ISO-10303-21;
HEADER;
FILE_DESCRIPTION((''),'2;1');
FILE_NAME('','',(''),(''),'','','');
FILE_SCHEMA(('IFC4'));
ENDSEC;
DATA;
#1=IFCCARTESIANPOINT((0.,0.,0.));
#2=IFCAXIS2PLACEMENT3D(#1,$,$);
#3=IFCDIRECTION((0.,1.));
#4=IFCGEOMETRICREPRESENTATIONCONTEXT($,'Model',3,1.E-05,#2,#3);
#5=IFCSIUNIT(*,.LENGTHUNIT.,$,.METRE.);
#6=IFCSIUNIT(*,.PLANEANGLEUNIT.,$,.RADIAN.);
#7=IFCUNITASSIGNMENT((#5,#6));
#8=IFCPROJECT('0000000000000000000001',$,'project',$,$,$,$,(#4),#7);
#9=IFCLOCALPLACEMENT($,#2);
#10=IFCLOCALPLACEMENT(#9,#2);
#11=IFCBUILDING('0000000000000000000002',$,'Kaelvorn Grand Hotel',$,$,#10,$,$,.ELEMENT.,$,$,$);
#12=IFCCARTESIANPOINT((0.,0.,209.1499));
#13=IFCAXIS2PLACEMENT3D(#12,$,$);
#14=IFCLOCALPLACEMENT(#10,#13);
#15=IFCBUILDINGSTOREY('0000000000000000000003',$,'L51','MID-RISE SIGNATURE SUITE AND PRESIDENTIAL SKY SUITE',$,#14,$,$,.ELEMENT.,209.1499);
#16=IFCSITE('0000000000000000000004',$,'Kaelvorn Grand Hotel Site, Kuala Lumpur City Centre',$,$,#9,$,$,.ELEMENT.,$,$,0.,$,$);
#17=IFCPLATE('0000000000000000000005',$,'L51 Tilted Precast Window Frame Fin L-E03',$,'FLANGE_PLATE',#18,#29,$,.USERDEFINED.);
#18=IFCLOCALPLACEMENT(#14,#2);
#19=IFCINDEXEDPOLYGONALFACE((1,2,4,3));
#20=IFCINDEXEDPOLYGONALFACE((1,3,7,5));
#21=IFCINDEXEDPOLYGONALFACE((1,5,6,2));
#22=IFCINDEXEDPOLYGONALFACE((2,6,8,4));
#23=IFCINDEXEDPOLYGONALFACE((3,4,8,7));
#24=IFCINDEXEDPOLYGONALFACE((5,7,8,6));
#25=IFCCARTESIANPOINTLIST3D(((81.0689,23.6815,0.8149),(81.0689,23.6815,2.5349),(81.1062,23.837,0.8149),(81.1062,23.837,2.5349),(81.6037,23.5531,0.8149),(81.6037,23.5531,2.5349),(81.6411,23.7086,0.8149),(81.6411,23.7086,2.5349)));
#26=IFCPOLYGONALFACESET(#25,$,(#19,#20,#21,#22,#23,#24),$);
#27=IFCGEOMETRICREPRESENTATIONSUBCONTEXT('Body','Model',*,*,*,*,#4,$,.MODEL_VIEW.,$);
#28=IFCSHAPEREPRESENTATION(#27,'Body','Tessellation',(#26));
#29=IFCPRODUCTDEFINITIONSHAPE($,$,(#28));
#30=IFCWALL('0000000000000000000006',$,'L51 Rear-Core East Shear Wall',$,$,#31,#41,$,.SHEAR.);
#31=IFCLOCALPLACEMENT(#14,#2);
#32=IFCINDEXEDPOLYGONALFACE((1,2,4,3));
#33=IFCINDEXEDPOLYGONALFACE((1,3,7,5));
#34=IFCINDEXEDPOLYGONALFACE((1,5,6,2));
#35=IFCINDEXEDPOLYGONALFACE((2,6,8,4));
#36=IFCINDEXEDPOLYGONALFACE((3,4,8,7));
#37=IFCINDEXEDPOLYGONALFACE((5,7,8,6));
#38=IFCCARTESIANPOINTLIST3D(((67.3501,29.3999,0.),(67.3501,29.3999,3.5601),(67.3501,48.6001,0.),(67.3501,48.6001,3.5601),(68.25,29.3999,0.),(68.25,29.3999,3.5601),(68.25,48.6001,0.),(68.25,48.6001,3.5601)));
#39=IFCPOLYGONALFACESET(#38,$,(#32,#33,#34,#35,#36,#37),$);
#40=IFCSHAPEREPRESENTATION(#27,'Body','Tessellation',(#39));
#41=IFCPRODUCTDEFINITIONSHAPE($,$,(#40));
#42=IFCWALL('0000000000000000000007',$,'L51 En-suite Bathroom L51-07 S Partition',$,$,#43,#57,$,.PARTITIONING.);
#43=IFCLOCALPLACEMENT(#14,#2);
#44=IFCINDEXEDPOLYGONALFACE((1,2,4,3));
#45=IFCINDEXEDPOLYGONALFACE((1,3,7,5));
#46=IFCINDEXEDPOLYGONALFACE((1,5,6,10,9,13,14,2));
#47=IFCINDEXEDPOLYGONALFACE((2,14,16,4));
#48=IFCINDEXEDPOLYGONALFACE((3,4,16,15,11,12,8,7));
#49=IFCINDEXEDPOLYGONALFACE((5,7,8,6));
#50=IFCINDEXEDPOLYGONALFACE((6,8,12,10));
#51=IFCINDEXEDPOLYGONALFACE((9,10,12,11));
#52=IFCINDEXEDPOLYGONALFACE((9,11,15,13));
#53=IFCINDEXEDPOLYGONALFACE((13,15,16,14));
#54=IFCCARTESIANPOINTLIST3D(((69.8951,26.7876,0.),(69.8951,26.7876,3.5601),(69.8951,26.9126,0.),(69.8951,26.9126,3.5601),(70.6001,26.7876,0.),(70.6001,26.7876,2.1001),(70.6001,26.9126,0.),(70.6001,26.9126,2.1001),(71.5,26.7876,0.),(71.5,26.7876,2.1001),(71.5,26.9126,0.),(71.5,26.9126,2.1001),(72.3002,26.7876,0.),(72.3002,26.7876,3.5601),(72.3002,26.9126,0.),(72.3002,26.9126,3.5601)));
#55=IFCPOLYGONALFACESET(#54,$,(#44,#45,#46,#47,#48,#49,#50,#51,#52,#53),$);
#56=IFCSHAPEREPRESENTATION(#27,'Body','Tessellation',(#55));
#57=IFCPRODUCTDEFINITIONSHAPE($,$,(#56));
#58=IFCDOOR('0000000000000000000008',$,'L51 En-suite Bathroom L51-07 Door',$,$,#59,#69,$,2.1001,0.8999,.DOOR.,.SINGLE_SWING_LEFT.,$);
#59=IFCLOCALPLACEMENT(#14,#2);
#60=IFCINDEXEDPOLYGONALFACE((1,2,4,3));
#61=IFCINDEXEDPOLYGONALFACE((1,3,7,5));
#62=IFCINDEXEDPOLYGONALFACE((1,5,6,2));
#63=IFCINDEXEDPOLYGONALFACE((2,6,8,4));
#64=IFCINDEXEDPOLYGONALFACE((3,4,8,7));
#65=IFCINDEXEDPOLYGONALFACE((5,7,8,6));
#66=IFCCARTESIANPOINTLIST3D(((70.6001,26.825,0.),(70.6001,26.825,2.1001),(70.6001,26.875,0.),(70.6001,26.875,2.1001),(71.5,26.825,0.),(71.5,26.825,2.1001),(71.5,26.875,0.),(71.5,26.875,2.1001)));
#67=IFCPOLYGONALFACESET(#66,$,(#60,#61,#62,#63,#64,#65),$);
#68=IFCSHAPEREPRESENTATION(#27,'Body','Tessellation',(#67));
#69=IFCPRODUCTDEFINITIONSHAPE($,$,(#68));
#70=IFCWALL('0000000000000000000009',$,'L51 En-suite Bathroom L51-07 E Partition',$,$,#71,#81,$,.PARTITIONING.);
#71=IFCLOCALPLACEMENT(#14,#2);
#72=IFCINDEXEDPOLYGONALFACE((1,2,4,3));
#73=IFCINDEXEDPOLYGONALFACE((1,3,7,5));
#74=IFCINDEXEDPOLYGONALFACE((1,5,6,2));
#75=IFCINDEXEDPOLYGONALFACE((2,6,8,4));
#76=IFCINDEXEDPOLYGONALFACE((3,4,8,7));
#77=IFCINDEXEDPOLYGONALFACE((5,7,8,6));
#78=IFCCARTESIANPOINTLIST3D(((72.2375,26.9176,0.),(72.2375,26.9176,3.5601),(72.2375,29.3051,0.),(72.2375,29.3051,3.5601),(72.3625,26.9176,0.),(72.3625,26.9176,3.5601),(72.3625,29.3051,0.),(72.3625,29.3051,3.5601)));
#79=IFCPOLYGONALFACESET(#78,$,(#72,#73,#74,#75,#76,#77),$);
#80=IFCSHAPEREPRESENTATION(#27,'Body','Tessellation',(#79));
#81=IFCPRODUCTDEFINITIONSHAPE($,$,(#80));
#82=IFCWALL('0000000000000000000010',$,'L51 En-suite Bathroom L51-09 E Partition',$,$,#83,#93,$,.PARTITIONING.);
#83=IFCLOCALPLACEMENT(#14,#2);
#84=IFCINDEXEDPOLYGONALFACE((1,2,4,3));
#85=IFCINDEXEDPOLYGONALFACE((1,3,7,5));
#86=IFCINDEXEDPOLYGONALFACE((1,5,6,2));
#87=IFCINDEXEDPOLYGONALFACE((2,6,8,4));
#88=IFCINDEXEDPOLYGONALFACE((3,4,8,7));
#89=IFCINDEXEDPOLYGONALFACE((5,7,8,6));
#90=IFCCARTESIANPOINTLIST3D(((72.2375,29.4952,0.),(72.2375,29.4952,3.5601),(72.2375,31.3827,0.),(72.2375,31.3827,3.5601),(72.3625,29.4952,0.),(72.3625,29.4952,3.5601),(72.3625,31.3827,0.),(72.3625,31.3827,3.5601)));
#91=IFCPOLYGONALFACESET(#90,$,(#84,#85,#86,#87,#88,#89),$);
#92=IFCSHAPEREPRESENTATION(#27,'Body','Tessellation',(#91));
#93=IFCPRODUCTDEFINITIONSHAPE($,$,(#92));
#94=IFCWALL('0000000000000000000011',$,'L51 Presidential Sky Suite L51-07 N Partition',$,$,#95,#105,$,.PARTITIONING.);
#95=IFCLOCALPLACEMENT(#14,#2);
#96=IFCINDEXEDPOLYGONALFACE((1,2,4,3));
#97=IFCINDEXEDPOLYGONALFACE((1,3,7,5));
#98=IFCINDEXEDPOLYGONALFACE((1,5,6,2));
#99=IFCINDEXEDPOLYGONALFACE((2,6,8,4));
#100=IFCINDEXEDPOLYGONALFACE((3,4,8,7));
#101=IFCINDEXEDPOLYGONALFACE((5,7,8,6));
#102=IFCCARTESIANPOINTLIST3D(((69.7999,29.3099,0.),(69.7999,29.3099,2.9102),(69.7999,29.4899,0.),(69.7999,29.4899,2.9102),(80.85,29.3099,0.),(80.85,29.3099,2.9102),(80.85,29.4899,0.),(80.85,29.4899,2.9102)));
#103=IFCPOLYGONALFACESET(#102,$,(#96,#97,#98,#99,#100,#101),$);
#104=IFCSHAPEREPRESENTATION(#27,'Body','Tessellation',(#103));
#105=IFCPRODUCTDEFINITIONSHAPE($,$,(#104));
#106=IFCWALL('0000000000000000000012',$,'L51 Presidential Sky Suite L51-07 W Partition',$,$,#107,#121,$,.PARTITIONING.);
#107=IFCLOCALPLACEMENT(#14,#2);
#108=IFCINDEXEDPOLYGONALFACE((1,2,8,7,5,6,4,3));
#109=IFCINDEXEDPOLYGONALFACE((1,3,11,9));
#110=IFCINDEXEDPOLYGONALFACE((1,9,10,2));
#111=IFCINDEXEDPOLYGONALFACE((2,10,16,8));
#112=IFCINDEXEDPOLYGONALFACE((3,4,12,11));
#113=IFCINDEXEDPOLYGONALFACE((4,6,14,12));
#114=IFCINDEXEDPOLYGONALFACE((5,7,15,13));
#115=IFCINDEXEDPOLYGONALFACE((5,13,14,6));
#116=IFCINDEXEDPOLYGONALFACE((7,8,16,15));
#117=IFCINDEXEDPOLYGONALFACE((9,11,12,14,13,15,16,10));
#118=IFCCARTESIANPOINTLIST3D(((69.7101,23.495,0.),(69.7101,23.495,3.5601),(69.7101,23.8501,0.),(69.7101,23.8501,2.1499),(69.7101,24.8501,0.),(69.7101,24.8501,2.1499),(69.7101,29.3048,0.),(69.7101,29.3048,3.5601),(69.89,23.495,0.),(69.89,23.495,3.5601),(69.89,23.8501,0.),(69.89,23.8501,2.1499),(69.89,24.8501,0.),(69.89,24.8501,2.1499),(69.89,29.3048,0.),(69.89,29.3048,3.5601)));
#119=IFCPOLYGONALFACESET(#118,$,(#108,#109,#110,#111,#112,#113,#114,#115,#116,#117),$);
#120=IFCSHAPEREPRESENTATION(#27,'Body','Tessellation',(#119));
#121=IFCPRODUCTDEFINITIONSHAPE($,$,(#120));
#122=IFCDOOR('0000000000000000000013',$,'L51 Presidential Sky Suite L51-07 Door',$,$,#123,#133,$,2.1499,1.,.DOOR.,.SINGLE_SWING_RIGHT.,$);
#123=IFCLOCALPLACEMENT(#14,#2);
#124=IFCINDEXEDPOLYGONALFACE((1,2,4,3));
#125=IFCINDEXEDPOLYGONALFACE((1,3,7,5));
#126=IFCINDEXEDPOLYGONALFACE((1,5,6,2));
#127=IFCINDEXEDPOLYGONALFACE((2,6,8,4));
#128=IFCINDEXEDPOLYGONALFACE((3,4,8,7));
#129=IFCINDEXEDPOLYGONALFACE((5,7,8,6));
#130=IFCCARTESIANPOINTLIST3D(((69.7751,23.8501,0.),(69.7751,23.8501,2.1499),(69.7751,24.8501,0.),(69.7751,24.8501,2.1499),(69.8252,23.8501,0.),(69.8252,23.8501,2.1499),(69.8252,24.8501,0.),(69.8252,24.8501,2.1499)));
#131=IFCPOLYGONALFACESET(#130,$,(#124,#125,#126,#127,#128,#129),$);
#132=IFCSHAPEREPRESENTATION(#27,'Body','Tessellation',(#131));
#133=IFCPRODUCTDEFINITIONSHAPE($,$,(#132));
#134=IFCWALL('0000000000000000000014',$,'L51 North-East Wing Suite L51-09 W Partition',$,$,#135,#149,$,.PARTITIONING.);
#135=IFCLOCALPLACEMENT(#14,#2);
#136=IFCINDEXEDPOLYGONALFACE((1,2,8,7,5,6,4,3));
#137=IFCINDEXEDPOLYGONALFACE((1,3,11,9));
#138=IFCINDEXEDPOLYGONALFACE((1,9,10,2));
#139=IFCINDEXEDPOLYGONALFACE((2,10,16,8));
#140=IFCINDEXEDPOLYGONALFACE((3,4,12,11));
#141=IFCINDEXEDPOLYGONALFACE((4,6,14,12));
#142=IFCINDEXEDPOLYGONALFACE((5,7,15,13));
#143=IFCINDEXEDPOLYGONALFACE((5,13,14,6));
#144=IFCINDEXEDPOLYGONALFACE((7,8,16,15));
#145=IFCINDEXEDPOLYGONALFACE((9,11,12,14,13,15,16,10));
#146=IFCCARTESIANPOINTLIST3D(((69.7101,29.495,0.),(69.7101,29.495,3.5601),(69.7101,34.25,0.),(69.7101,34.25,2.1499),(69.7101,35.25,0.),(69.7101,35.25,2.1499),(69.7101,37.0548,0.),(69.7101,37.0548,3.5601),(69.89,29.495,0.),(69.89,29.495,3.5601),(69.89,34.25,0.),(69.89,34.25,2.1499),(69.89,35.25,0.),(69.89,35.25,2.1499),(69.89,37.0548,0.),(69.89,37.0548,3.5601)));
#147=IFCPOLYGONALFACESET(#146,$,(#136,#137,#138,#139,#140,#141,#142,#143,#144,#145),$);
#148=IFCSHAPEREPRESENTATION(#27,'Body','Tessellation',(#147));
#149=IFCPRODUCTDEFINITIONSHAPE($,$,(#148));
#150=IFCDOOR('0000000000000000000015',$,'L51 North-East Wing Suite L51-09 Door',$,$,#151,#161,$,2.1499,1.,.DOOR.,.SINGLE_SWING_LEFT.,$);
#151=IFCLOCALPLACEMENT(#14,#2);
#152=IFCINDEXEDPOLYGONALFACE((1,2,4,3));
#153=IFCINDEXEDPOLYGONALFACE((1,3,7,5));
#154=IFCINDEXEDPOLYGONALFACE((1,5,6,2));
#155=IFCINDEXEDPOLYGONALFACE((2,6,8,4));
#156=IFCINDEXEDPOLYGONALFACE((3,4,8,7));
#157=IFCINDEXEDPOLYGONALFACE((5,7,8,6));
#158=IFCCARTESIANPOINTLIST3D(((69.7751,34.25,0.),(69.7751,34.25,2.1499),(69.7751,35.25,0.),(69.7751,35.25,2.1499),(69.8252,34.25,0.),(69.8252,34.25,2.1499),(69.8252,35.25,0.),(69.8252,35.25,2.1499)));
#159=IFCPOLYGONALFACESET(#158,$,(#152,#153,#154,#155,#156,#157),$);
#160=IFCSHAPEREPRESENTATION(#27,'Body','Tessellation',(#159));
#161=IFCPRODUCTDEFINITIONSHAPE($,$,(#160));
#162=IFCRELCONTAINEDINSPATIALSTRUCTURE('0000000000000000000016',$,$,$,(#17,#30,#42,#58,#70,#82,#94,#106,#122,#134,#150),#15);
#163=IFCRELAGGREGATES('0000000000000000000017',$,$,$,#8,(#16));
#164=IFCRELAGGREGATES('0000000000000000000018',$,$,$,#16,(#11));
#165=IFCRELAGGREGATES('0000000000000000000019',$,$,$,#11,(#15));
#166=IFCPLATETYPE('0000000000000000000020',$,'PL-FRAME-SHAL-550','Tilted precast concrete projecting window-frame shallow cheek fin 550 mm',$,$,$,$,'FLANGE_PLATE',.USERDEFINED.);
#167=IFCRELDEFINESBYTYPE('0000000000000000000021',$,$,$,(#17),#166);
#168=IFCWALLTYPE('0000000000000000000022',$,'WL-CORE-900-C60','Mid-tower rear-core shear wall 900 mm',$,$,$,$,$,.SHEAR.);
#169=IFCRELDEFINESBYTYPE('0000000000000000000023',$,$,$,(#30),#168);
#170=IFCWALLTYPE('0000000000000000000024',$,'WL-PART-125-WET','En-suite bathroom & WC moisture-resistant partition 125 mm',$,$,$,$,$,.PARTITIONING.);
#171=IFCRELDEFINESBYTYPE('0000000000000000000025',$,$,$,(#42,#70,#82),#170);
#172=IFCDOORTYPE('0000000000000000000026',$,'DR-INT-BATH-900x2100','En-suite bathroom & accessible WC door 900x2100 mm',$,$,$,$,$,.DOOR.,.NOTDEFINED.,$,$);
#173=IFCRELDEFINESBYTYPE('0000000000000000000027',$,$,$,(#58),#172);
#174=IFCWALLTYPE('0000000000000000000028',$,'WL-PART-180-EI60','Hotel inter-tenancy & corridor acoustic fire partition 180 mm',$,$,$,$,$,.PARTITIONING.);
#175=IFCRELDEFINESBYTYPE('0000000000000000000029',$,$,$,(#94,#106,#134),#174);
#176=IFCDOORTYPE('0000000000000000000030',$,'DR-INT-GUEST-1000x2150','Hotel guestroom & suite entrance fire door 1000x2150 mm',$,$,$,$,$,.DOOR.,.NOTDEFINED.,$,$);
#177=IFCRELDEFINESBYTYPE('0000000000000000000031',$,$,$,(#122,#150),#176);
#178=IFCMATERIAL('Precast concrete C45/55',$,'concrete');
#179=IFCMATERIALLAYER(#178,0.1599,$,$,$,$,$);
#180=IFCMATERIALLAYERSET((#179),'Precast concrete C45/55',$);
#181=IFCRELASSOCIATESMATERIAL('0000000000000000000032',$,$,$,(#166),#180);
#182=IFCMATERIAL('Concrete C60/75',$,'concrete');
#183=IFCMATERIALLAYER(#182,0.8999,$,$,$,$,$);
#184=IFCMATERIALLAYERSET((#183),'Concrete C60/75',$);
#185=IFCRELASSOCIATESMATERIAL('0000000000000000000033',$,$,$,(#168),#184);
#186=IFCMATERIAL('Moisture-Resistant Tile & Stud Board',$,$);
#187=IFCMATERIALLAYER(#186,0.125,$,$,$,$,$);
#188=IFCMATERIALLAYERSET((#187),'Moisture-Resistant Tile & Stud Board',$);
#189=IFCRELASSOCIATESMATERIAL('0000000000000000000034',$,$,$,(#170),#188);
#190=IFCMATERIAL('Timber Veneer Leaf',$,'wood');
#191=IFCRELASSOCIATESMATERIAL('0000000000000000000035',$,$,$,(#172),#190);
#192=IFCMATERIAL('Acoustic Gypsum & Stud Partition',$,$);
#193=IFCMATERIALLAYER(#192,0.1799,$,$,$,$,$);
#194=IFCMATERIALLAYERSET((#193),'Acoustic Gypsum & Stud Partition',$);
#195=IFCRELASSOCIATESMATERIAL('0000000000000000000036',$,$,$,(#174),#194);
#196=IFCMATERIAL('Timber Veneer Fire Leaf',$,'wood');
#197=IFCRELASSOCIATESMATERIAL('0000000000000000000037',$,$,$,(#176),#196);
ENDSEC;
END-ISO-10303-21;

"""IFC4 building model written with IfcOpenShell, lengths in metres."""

from ifc_helpers import new_model, si_unit, direction, frame, frame_2d, origin, origin_2d, place, context, subcontext, project, spatial, rectangle, extrude, material, layer, layer_set, type_object, element, fill, save


model = new_model("IFC4")

# Units and contexts
model_context = context("Model", 3, precision=1e-05, world=origin(), true_north=direction((0.0, 1.0)))
body_context = subcontext(model_context, "Body", "Model", "MODEL_VIEW")
ifc_project = project(units=[si_unit("LENGTHUNIT", "METRE"), si_unit("PLANEANGLEUNIT", "RADIAN")], contexts=[model_context])

# Site, building, storey
site_placement = place(None, origin())
site = spatial("IfcSite", under=ifc_project, at=site_placement, Name="Kaelvorn Grand Hotel Site, Kuala Lumpur City Centre", CompositionType="ELEMENT", RefElevation=0.0)
building_placement = place(site_placement, origin())
building = spatial("IfcBuilding", under=site, at=building_placement, Name="Kaelvorn Grand Hotel", CompositionType="ELEMENT")
storey_placement = place(building_placement, frame((0.0, 0.0, 209.1499)))
storey = spatial("IfcBuildingStorey", under=building, at=storey_placement, Name="L51", Description="MID-RISE SIGNATURE SUITE AND PRESIDENTIAL SKY SUITE", CompositionType="ELEMENT", Elevation=209.1499)

# Shared definitions
ifc_material_1 = material(Name="Concrete C60/75", Category="concrete")

# Plate
ifc_material_2 = material(Name="Precast concrete C45/55", Category="concrete")
ifc_layer_1 = layer(ifc_material_2, 0.1599)
ifc_layer_set_1 = layer_set([ifc_layer_1], Name="Precast concrete C45/55")
plate_type_1 = type_object("IfcPlateType", Name="PL-FRAME-SHAL-550", Description="Tilted precast concrete projecting window-frame shallow cheek fin 550 mm", ElementType="FLANGE_PLATE", PredefinedType="USERDEFINED", material=ifc_layer_set_1)
for number, where, z_axis, x_axis, name in (
    (1, (81.355, 23.6951, 0.8149), (0.0, 0.0, 1.0), (0.233445, 0.97237, 0.0), "L51 Tilted Precast Window Frame Fin L-E03"),
):
    element("IfcPlate", number, at=place(storey_placement, frame(where, z_axis=z_axis, x_axis=x_axis)), inside=storey, type_object=plate_type_1, Name=name, ObjectType="FLANGE_PLATE", PredefinedType="USERDEFINED", context=body_context, shape_type="SweptSolid", body=[
        extrude(rectangle(XDim=0.1599, YDim=0.55, at=origin_2d()), origin(), (0.0, 0.0, 1.0), 1.72),
    ])

# Wall
ifc_layer_2 = layer(ifc_material_1, 0.8999)
ifc_layer_set_2 = layer_set([ifc_layer_2], Name="Concrete C60/75")
wall_type_1 = type_object("IfcWallType", Name="WL-CORE-900-C60", Description="Mid-tower rear-core shear wall 900 mm", PredefinedType="SHEAR", material=ifc_layer_set_2)
wall_1_placement = place(storey_placement, frame((67.8, 29.3999, 0.0), z_axis=(0.0, 0.0, 1.0), x_axis=(0.0, 1.0, 0.0)))
element("IfcWall", 2, at=wall_1_placement, inside=storey, type_object=wall_type_1, Name="L51 Rear-Core East Shear Wall", PredefinedType="SHEAR", context=body_context, shape_type="SweptSolid", body=[
    extrude(rectangle(XDim=19.2002, YDim=0.8999, at=frame_2d((9.6001, 0.0))), origin(), (0.0, 0.0, 1.0), 3.5601),
])

# Wall, opening, door
ifc_material_3 = material(Name="Moisture-Resistant Tile & Stud Board")
ifc_layer_3 = layer(ifc_material_3, 0.125)
ifc_layer_set_3 = layer_set([ifc_layer_3], Name="Moisture-Resistant Tile & Stud Board")
wall_type_2 = type_object("IfcWallType", Name="WL-PART-125-WET", Description="En-suite bathroom & WC moisture-resistant partition 125 mm", PredefinedType="PARTITIONING", material=ifc_layer_set_3)
wall_2_placement = place(storey_placement, frame((69.895, 26.8501, 0.0), z_axis=(0.0, 0.0, 1.0), x_axis=(1.0, 0.0, 0.0)))
wall_2 = element("IfcWall", 3, at=wall_2_placement, inside=storey, type_object=wall_type_2, Name="L51 En-suite Bathroom L51-07 S Partition", PredefinedType="PARTITIONING", context=body_context, shape_type="SweptSolid", body=[
    extrude(rectangle(XDim=2.405, YDim=0.125, at=frame_2d((1.2026, 0.0))), origin(), (0.0, 0.0, 1.0), 3.5601),
])
opening_1_placement = place(wall_2_placement, frame((0.7051, 0.0, 0.0)))
opening_1 = element("IfcOpeningElement", 4, at=opening_1_placement, cuts=wall_2, PredefinedType="OPENING", context=body_context, shape_type="SweptSolid", body=[
    extrude(rectangle(XDim=0.8999, YDim=2.1001, at=frame_2d((0.45, 1.05))), frame((0.0, 0.0725, 0.0), z_axis=(0.0, -1.0, 0.0), x_axis=(1.0, 0.0, 0.0)), (0.0, 0.0, 1.0), 0.145),
])
ifc_material_4 = material(Name="Timber Veneer Leaf", Category="wood")
door_type_1 = type_object("IfcDoorType", Name="DR-INT-BATH-900x2100", Description="En-suite bathroom & accessible WC door 900x2100 mm", OperationType="NOTDEFINED", PredefinedType="DOOR", material=ifc_material_4)
door_1_placement = place(opening_1_placement, origin())
door_1 = element("IfcDoor", 5, at=door_1_placement, inside=storey, type_object=door_type_1, Name="L51 En-suite Bathroom L51-07 Door", OperationType="SINGLE_SWING_LEFT", OverallHeight=2.1001, OverallWidth=0.8999, PredefinedType="DOOR", context=body_context, shape_type="SweptSolid", body=[
    extrude(rectangle(XDim=0.8999, YDim=2.1001, at=frame_2d((0.45, 1.05))), frame((0.0, 0.0249, 0.0), z_axis=(0.0, -1.0, 0.0), x_axis=(1.0, 0.0, 0.0)), (0.0, 0.0, 1.0), 0.05),
])
fill(opening_1, door_1)

# Walls
wall_3_placement = place(storey_placement, frame((72.3, 26.9175, 0.0), z_axis=(0.0, 0.0, 1.0), x_axis=(0.0, 1.0, 0.0)))
element("IfcWall", 6, at=wall_3_placement, inside=storey, type_object=wall_type_2, Name="L51 En-suite Bathroom L51-07 E Partition", PredefinedType="PARTITIONING", context=body_context, shape_type="SweptSolid", body=[
    extrude(rectangle(XDim=2.3875, YDim=0.125, at=frame_2d((1.1938, 0.0))), origin(), (0.0, 0.0, 1.0), 3.5601),
])
wall_4_placement = place(storey_placement, frame((72.3, 29.4951, 0.0), z_axis=(0.0, 0.0, 1.0), x_axis=(0.0, 1.0, 0.0)))
element("IfcWall", 7, at=wall_4_placement, inside=storey, type_object=wall_type_2, Name="L51 En-suite Bathroom L51-09 E Partition", PredefinedType="PARTITIONING", context=body_context, shape_type="SweptSolid", body=[
    extrude(rectangle(XDim=1.8875, YDim=0.125, at=frame_2d((0.9438, 0.0))), origin(), (0.0, 0.0, 1.0), 3.5601),
])
ifc_material_5 = material(Name="Acoustic Gypsum & Stud Partition")
ifc_layer_4 = layer(ifc_material_5, 0.1799)
ifc_layer_set_4 = layer_set([ifc_layer_4], Name="Acoustic Gypsum & Stud Partition")
wall_type_3 = type_object("IfcWallType", Name="WL-PART-180-EI60", Description="Hotel inter-tenancy & corridor acoustic fire partition 180 mm", PredefinedType="PARTITIONING", material=ifc_layer_set_4)
wall_5_placement = place(storey_placement, frame((69.8, 29.3999, 0.0), z_axis=(0.0, 0.0, 1.0), x_axis=(1.0, 0.0, 0.0)))
element("IfcWall", 8, at=wall_5_placement, inside=storey, type_object=wall_type_3, Name="L51 Presidential Sky Suite L51-07 N Partition", PredefinedType="PARTITIONING", context=body_context, shape_type="SweptSolid", body=[
    extrude(rectangle(XDim=11.05, YDim=0.1799, at=frame_2d((5.5249, 0.0))), origin(), (0.0, 0.0, 1.0), 2.9102),
])

# Walls, openings, doors
wall_6_placement = place(storey_placement, frame((69.8, 23.4951, 0.0), z_axis=(0.0, 0.0, 1.0), x_axis=(0.0, 1.0, 0.0)))
wall_6 = element("IfcWall", 9, at=wall_6_placement, inside=storey, type_object=wall_type_3, Name="L51 Presidential Sky Suite L51-07 W Partition", PredefinedType="PARTITIONING", context=body_context, shape_type="SweptSolid", body=[
    extrude(rectangle(XDim=5.8098, YDim=0.1799, at=frame_2d((2.9048, 0.0))), origin(), (0.0, 0.0, 1.0), 3.5601),
])
opening_2_placement = place(wall_6_placement, frame((0.355, 0.0, 0.0)))
opening_2 = element("IfcOpeningElement", 10, at=opening_2_placement, cuts=wall_6, PredefinedType="OPENING", context=body_context, shape_type="SweptSolid", body=[
    extrude(rectangle(XDim=1.0, YDim=2.1499, at=frame_2d((0.5, 1.075))), frame((0.0, 0.1001, 0.0), z_axis=(0.0, -1.0, 0.0), x_axis=(1.0, 0.0, 0.0)), (0.0, 0.0, 1.0), 0.2),
])
ifc_material_6 = material(Name="Timber Veneer Fire Leaf", Category="wood")
door_type_2 = type_object("IfcDoorType", Name="DR-INT-GUEST-1000x2150", Description="Hotel guestroom & suite entrance fire door 1000x2150 mm", OperationType="NOTDEFINED", PredefinedType="DOOR", material=ifc_material_6)
door_2_placement = place(opening_2_placement, origin())
door_2 = element("IfcDoor", 11, at=door_2_placement, inside=storey, type_object=door_type_2, Name="L51 Presidential Sky Suite L51-07 Door", OperationType="SINGLE_SWING_RIGHT", OverallHeight=2.1499, OverallWidth=1.0, PredefinedType="DOOR", context=body_context, shape_type="SweptSolid", body=[
    extrude(rectangle(XDim=1.0, YDim=2.1499, at=frame_2d((0.5, 1.075))), frame((0.0, 0.0249, 0.0), z_axis=(0.0, -1.0, 0.0), x_axis=(1.0, 0.0, 0.0)), (0.0, 0.0, 1.0), 0.05),
])
fill(opening_2, door_2)
wall_7_placement = place(storey_placement, frame((69.8, 29.4951, 0.0), z_axis=(0.0, 0.0, 1.0), x_axis=(0.0, 1.0, 0.0)))
wall_7 = element("IfcWall", 12, at=wall_7_placement, inside=storey, type_object=wall_type_3, Name="L51 North-East Wing Suite L51-09 W Partition", PredefinedType="PARTITIONING", context=body_context, shape_type="SweptSolid", body=[
    extrude(rectangle(XDim=7.5598, YDim=0.1799, at=frame_2d((3.7798, 0.0))), origin(), (0.0, 0.0, 1.0), 3.5601),
])
opening_3_placement = place(wall_7_placement, frame((4.7549, 0.0, 0.0)))
opening_3 = element("IfcOpeningElement", 13, at=opening_3_placement, cuts=wall_7, PredefinedType="OPENING", context=body_context, shape_type="SweptSolid", body=[
    extrude(rectangle(XDim=1.0, YDim=2.1499, at=frame_2d((0.5, 1.075))), frame((0.0, 0.1001, 0.0), z_axis=(0.0, -1.0, 0.0), x_axis=(1.0, 0.0, 0.0)), (0.0, 0.0, 1.0), 0.2),
])
door_3_placement = place(opening_3_placement, origin())
door_3 = element("IfcDoor", 14, at=door_3_placement, inside=storey, type_object=door_type_2, Name="L51 North-East Wing Suite L51-09 Door", OperationType="SINGLE_SWING_LEFT", OverallHeight=2.1499, OverallWidth=1.0, PredefinedType="DOOR", context=body_context, shape_type="SweptSolid", body=[
    extrude(rectangle(XDim=1.0, YDim=2.1499, at=frame_2d((0.5, 1.075))), frame((0.0, 0.0249, 0.0), z_axis=(0.0, -1.0, 0.0), x_axis=(1.0, 0.0, 0.0)), (0.0, 0.0, 1.0), 0.05),
])
fill(opening_3, door_3)

save(model, "model.ifc")
